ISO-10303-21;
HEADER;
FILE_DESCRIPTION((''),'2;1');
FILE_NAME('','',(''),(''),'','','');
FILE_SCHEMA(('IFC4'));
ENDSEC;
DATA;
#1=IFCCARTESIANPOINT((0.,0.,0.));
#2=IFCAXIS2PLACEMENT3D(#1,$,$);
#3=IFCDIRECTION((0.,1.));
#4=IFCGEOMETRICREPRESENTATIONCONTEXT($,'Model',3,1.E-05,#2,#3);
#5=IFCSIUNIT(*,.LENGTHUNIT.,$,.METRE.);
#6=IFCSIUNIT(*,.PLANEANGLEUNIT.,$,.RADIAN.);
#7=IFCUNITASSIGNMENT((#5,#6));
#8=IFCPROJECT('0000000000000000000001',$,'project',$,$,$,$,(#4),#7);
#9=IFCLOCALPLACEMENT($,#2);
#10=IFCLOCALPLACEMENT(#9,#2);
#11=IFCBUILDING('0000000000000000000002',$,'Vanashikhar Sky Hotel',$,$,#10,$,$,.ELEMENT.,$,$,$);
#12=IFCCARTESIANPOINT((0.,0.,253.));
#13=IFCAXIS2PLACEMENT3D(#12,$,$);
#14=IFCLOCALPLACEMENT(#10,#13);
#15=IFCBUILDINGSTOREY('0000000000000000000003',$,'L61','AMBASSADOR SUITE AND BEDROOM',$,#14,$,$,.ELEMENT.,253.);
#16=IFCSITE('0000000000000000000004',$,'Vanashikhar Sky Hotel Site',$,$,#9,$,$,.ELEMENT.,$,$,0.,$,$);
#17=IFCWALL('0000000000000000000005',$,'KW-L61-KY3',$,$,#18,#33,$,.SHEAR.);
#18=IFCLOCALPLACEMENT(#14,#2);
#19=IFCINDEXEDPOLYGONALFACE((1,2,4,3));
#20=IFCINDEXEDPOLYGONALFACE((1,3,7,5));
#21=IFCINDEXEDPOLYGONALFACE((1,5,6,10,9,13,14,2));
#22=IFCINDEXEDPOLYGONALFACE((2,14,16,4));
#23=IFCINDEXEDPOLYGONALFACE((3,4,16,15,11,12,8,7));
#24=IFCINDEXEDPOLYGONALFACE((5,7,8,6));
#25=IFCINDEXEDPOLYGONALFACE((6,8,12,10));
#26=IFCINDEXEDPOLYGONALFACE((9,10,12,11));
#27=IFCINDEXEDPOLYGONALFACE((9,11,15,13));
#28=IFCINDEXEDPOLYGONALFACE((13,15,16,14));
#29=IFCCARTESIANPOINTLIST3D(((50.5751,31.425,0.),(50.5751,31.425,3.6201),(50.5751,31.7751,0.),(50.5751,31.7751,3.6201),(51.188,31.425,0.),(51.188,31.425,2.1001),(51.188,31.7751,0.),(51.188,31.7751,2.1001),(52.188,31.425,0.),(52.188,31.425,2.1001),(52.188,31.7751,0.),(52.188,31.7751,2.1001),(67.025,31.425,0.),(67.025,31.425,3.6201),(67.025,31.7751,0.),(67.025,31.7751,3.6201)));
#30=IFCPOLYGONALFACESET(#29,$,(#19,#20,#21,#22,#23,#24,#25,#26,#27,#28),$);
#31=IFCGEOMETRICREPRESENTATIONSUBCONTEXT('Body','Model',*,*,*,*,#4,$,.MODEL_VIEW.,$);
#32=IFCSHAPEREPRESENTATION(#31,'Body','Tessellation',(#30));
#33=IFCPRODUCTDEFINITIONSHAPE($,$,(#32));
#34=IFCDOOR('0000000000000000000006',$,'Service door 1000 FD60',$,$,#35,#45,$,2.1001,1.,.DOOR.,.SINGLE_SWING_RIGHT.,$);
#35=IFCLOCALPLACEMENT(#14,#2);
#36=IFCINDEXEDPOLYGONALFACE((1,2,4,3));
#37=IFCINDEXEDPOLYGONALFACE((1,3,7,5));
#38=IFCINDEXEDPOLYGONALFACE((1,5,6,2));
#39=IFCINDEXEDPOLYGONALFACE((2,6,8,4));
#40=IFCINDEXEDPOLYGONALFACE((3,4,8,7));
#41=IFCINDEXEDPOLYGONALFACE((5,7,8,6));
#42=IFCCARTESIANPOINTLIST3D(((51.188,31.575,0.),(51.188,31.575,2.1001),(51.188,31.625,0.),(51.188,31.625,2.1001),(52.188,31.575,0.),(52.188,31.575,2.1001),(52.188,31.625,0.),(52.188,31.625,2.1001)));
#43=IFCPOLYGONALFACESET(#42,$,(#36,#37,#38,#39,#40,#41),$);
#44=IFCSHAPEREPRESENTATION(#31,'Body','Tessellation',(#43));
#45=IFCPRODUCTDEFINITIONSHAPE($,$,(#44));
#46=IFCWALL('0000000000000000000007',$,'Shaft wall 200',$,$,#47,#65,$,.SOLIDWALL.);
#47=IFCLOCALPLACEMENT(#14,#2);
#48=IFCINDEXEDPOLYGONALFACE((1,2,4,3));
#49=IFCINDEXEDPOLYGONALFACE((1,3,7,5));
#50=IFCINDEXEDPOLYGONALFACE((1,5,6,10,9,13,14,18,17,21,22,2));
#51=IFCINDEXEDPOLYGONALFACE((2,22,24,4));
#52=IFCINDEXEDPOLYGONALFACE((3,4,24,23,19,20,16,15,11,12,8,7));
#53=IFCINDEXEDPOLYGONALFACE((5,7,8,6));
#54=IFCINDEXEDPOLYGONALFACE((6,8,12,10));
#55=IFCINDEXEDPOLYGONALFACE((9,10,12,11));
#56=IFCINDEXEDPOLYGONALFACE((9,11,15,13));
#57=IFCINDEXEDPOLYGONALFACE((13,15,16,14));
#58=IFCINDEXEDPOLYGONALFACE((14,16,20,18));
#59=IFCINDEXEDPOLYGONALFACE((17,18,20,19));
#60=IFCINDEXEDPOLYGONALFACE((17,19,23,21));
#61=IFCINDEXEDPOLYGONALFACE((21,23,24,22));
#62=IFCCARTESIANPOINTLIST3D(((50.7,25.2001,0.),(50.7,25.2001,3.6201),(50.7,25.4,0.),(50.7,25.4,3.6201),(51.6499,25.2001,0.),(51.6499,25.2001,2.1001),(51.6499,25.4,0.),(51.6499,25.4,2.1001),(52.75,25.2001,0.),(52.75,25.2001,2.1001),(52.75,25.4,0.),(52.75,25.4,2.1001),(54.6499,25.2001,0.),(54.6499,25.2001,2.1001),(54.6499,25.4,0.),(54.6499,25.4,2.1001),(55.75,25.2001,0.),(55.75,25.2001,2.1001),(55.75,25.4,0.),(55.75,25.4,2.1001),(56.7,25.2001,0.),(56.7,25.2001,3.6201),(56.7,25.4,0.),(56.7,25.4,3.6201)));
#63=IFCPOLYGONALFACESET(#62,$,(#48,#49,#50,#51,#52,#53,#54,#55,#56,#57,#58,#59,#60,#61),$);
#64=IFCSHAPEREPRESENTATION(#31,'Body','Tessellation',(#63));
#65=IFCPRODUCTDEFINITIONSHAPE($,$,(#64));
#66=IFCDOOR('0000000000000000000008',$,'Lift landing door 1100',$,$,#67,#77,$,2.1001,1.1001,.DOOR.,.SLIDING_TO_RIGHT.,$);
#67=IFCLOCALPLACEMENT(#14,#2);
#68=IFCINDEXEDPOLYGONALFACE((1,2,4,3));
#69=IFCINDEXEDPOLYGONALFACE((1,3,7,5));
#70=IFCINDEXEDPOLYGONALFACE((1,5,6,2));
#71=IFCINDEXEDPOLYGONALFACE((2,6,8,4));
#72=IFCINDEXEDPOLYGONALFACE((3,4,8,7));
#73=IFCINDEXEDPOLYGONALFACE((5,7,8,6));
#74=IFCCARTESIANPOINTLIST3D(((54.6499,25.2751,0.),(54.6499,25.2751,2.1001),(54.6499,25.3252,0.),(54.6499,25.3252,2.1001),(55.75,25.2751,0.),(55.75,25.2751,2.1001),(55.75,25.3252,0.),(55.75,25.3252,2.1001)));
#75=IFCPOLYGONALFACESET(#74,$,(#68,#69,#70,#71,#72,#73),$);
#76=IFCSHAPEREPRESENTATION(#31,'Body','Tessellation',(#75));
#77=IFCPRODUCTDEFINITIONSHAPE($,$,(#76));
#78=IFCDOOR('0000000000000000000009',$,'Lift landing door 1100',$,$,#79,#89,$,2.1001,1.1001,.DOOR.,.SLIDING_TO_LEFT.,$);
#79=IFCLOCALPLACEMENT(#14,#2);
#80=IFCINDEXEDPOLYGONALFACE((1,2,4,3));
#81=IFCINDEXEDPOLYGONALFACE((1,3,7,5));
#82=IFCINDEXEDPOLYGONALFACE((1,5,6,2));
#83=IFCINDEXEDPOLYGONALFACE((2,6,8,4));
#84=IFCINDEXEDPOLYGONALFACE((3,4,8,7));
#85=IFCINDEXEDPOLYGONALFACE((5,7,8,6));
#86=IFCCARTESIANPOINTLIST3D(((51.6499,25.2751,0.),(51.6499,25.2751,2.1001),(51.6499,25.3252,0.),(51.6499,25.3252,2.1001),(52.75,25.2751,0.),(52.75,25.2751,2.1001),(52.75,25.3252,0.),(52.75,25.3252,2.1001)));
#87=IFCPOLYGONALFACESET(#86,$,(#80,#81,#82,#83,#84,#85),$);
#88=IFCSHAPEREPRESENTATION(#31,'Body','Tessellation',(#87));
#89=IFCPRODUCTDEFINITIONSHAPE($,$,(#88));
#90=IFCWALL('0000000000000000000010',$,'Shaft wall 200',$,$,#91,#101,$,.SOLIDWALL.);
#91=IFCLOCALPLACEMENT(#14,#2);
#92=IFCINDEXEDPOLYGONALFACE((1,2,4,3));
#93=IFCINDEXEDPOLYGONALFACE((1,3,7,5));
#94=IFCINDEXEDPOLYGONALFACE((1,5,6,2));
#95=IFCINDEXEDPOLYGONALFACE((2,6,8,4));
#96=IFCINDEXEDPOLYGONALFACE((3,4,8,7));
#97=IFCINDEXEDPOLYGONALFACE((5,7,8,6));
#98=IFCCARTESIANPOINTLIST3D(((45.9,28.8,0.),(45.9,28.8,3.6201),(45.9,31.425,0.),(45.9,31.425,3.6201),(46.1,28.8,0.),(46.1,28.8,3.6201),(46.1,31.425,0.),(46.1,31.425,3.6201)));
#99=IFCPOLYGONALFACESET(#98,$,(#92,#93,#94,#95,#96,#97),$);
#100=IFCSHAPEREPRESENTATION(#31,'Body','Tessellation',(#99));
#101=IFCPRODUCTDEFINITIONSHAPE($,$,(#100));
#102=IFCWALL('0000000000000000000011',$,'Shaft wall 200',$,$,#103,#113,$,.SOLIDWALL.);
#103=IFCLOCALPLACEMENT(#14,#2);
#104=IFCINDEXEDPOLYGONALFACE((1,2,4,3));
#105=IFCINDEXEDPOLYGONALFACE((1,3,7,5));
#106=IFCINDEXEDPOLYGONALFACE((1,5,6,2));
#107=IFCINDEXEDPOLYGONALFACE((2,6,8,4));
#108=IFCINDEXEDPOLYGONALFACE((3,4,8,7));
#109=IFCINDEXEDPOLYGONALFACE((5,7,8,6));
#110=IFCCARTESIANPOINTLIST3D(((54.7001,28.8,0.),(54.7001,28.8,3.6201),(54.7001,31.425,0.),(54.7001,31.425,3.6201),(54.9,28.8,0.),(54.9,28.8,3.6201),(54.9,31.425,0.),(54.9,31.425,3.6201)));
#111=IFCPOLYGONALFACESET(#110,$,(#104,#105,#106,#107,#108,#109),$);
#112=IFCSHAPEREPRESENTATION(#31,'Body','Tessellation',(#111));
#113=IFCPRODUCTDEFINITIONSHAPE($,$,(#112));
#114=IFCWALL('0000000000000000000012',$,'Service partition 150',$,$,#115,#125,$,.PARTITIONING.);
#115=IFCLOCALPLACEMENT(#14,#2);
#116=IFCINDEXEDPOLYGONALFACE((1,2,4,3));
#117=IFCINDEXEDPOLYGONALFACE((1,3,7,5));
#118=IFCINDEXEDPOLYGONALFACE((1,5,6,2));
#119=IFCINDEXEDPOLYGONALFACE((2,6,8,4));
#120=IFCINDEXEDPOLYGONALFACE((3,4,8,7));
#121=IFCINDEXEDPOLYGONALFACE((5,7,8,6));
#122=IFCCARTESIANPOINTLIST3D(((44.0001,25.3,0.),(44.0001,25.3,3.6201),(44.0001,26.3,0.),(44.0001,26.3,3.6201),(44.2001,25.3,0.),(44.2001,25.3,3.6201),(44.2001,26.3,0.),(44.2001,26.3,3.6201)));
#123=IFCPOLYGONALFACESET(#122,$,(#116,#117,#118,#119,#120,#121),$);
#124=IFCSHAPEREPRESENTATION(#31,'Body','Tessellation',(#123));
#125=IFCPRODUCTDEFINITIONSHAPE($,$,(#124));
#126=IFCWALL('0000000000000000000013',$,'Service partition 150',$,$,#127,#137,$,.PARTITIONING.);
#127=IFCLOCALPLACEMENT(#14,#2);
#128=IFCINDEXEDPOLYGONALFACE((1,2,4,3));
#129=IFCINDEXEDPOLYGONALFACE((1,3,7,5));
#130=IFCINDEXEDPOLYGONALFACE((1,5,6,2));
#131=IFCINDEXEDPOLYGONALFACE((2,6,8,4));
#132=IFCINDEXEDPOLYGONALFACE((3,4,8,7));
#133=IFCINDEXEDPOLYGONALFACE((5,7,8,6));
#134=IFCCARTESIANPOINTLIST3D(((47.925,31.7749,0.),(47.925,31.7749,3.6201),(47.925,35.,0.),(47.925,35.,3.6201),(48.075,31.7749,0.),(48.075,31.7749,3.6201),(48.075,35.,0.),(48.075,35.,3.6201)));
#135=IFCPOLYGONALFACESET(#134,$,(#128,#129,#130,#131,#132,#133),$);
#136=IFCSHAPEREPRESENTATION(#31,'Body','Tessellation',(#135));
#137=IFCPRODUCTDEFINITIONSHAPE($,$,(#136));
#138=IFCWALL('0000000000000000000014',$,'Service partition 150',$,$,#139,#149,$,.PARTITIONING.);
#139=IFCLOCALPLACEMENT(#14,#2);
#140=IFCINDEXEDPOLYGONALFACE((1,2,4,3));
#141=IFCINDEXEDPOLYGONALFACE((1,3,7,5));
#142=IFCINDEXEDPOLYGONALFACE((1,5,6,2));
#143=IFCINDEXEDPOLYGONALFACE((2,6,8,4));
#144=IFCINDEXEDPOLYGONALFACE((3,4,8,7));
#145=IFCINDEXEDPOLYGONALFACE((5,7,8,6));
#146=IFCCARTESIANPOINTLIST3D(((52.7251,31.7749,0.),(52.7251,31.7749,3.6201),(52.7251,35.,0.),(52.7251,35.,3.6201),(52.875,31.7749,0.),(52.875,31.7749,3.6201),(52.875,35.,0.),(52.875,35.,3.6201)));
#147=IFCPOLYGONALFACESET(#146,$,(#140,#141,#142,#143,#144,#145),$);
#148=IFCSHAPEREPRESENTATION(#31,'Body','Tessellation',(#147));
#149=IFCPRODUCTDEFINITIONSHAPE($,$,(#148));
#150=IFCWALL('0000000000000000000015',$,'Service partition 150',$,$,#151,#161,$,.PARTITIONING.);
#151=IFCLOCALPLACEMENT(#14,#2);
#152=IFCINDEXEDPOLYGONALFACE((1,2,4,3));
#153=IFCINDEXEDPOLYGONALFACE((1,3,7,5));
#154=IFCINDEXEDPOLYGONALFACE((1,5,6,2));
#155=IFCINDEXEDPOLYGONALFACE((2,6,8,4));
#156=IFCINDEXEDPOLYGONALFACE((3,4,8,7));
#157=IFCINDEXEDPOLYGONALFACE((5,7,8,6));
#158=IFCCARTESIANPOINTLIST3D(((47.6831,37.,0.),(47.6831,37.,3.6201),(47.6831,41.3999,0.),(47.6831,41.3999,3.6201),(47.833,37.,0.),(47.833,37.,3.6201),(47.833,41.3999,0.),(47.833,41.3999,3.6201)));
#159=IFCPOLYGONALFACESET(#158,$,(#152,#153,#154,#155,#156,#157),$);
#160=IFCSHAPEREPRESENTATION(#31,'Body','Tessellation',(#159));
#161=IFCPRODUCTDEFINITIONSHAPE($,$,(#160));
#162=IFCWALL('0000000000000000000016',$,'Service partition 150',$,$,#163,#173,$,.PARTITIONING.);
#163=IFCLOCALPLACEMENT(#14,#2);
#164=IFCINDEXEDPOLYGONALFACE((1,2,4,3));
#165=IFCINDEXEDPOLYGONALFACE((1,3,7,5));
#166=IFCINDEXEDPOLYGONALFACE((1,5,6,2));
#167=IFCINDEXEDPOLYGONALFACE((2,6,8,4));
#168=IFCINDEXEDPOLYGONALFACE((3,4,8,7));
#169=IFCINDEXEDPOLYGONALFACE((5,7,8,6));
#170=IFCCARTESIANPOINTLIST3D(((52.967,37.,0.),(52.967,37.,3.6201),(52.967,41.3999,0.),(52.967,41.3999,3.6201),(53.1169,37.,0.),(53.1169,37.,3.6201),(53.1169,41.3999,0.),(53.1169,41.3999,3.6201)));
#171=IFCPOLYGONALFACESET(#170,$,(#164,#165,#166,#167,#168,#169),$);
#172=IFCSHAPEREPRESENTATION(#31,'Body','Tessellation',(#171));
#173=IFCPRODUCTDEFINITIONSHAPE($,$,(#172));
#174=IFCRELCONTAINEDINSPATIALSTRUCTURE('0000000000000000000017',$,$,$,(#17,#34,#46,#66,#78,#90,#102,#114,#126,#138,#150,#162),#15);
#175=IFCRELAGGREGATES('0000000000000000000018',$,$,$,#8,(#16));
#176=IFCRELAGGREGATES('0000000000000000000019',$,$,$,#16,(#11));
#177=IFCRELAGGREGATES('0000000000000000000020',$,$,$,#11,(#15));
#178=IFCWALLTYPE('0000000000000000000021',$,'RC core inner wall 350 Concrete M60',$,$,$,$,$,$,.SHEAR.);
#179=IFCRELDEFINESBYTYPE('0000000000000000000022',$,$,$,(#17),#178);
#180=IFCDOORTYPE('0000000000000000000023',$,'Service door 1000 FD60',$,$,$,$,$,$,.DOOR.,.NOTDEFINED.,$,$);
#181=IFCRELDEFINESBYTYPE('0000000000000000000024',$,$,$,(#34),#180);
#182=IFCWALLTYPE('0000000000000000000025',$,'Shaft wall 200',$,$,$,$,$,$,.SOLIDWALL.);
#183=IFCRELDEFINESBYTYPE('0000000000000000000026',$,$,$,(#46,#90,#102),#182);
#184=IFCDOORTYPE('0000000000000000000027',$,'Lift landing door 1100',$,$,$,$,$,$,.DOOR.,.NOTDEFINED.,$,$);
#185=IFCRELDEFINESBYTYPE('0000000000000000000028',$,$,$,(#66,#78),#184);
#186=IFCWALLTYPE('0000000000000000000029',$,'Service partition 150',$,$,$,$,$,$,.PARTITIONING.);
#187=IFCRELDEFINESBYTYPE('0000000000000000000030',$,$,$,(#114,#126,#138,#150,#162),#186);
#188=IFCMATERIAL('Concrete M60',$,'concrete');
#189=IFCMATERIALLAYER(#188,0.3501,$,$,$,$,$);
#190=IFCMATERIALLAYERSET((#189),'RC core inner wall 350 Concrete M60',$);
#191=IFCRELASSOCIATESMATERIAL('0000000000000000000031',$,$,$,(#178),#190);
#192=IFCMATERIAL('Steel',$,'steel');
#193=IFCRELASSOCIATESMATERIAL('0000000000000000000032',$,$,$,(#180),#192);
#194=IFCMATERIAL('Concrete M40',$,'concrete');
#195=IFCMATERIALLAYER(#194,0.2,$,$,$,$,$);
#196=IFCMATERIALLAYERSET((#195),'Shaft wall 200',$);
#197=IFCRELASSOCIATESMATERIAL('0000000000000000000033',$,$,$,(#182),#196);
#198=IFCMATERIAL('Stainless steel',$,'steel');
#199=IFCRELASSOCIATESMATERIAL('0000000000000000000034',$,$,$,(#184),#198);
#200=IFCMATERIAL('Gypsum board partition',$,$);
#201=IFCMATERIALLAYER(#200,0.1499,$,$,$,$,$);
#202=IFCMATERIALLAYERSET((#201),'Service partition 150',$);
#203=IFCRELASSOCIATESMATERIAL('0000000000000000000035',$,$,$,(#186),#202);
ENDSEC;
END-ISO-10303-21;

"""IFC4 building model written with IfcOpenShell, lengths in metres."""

from ifc_helpers import new_model, si_unit, direction, frame, frame_2d, origin, place, context, subcontext, project, spatial, rectangle, extrude, source, transform, mapped, material, layer, layer_set, type_object, element, fill, save


model = new_model("IFC4")

# Units and contexts
model_context = context("Model", 3, precision=1e-05, world=origin(), true_north=direction((0.0, 1.0)))
body_context = subcontext(model_context, "Body", "Model", "MODEL_VIEW")
ifc_project = project(units=[si_unit("LENGTHUNIT", "METRE"), si_unit("PLANEANGLEUNIT", "RADIAN")], contexts=[model_context])

# Site, building, storey
site_placement = place(None, origin())
site = spatial("IfcSite", under=ifc_project, at=site_placement, Name="Vanashikhar Sky Hotel Site", CompositionType="ELEMENT", RefElevation=0.0)
building_placement = place(site_placement, origin())
building = spatial("IfcBuilding", under=site, at=building_placement, Name="Vanashikhar Sky Hotel", CompositionType="ELEMENT")
storey_placement = place(building_placement, frame((0.0, 0.0, 253.0)))
storey = spatial("IfcBuildingStorey", under=building, at=storey_placement, Name="L61", Description="AMBASSADOR SUITE AND BEDROOM", CompositionType="ELEMENT", Elevation=253.0)

# Wall, opening, door
ifc_material_1 = material(Name="Concrete M60", Category="concrete")
ifc_layer_1 = layer(ifc_material_1, 0.3501)
ifc_layer_set_1 = layer_set([ifc_layer_1], Name="RC core inner wall 350 Concrete M60")
wall_type_1 = type_object("IfcWallType", Name="RC core inner wall 350 Concrete M60", PredefinedType="SHEAR", material=ifc_layer_set_1)
shared_shape_1 = source(origin(), body_context, "Body", "SweptSolid", [
    extrude(rectangle(XDim=16.45, YDim=0.3501, at=frame_2d((8.2251, 0.0))), origin(), (0.0, 0.0, 1.0), 3.6201),
])
wall_1_placement = place(storey_placement, frame((50.575, 31.6001, 0.0), z_axis=(0.0, 0.0, 1.0), x_axis=(1.0, 0.0, 0.0)))
wall_1 = element("IfcWall", 1, at=wall_1_placement, inside=storey, type_object=wall_type_1, Name="KW-L61-KY3", PredefinedType="SHEAR", context=body_context, shape_type="MappedRepresentation", body=[
    mapped(shared_shape_1, transform((0.0, 0.0, 0.0), scale=1.0)),
])
shared_shape_2 = source(origin(), body_context, "Body", "SweptSolid", [
    extrude(rectangle(XDim=1.0, YDim=2.1001, at=frame_2d((0.5, 1.05))), frame((0.0, 0.1851, 0.0), z_axis=(0.0, -1.0, 0.0), x_axis=(1.0, 0.0, 0.0)), (0.0, 0.0, 1.0), 0.3701),
])
opening_1_placement = place(wall_1_placement, frame((0.613, 0.0, 0.0)))
opening_1 = element("IfcOpeningElement", 2, at=opening_1_placement, cuts=wall_1, PredefinedType="OPENING", context=body_context, shape_type="MappedRepresentation", body=[
    mapped(shared_shape_2, transform((0.0, 0.0, 0.0), scale=1.0)),
])
ifc_material_2 = material(Name="Steel", Category="steel")
door_type_1 = type_object("IfcDoorType", Name="Service door 1000 FD60", OperationType="NOTDEFINED", PredefinedType="DOOR", material=ifc_material_2)
shared_shape_3 = source(origin(), body_context, "Body", "SweptSolid", [
    extrude(rectangle(XDim=1.0, YDim=2.1001, at=frame_2d((0.5, 1.05))), frame((0.0, 0.0249, 0.0), z_axis=(0.0, -1.0, 0.0), x_axis=(1.0, 0.0, 0.0)), (0.0, 0.0, 1.0), 0.05),
])
door_1_placement = place(opening_1_placement, origin())
door_1 = element("IfcDoor", 3, at=door_1_placement, inside=storey, type_object=door_type_1, Name="Service door 1000 FD60", OperationType="SINGLE_SWING_RIGHT", OverallHeight=2.1001, OverallWidth=1.0, PredefinedType="DOOR", context=body_context, shape_type="MappedRepresentation", body=[
    mapped(shared_shape_3, transform((0.0, 0.0, 0.0), scale=1.0)),
])
fill(opening_1, door_1)

# Wall, openings, doors
ifc_material_3 = material(Name="Concrete M40", Category="concrete")
ifc_layer_2 = layer(ifc_material_3, 0.2)
ifc_layer_set_2 = layer_set([ifc_layer_2], Name="Shaft wall 200")
wall_type_2 = type_object("IfcWallType", Name="Shaft wall 200", PredefinedType="SOLIDWALL", material=ifc_layer_set_2)
shared_shape_4 = source(origin(), body_context, "Body", "SweptSolid", [
    extrude(rectangle(XDim=6.0, YDim=0.2, at=frame_2d((3.0, 0.0))), origin(), (0.0, 0.0, 1.0), 3.6201),
])
wall_2_placement = place(storey_placement, frame((56.7, 25.3, 0.0), z_axis=(0.0, 0.0, 1.0), x_axis=(-1.0, 0.0, 0.0)))
wall_2 = element("IfcWall", 4, at=wall_2_placement, inside=storey, type_object=wall_type_2, Name="Shaft wall 200", PredefinedType="SOLIDWALL", context=body_context, shape_type="MappedRepresentation", body=[
    mapped(shared_shape_4, transform((0.0, 0.0, 0.0), scale=1.0)),
])
shared_shape_5 = source(origin(), body_context, "Body", "SweptSolid", [
    extrude(rectangle(XDim=1.1001, YDim=2.1001, at=frame_2d((0.55, 1.05))), frame((0.0, 0.1099, 0.0), z_axis=(0.0, -1.0, 0.0), x_axis=(1.0, 0.0, 0.0)), (0.0, 0.0, 1.0), 0.22),
])
opening_2_placement = place(wall_2_placement, frame((0.95, 0.0, 0.0)))
opening_2 = element("IfcOpeningElement", 5, at=opening_2_placement, cuts=wall_2, PredefinedType="OPENING", context=body_context, shape_type="MappedRepresentation", body=[
    mapped(shared_shape_5, transform((0.0, 0.0, 0.0), scale=1.0)),
])
opening_3_placement = place(wall_2_placement, frame((3.95, 0.0, 0.0)))
opening_3 = element("IfcOpeningElement", 6, at=opening_3_placement, cuts=wall_2, PredefinedType="OPENING", context=body_context, shape_type="MappedRepresentation", body=[
    mapped(shared_shape_5, transform((0.0, 0.0, 0.0), scale=1.0)),
])
ifc_material_4 = material(Name="Stainless steel", Category="steel")
door_type_2 = type_object("IfcDoorType", Name="Lift landing door 1100", OperationType="NOTDEFINED", PredefinedType="DOOR", material=ifc_material_4)
shared_shape_6 = source(origin(), body_context, "Body", "SweptSolid", [
    extrude(rectangle(XDim=1.1001, YDim=2.1001, at=frame_2d((0.55, 1.05))), frame((0.0, 0.0249, 0.0), z_axis=(0.0, -1.0, 0.0), x_axis=(1.0, 0.0, 0.0)), (0.0, 0.0, 1.0), 0.05),
])
door_2_placement = place(opening_2_placement, origin())
door_2 = element("IfcDoor", 7, at=door_2_placement, inside=storey, type_object=door_type_2, Name="Lift landing door 1100", OperationType="SLIDING_TO_RIGHT", OverallHeight=2.1001, OverallWidth=1.1001, PredefinedType="DOOR", context=body_context, shape_type="MappedRepresentation", body=[
    mapped(shared_shape_6, transform((0.0, 0.0, 0.0), scale=1.0)),
])
fill(opening_2, door_2)
door_3_placement = place(opening_3_placement, origin())
door_3 = element("IfcDoor", 8, at=door_3_placement, inside=storey, type_object=door_type_2, Name="Lift landing door 1100", OperationType="SLIDING_TO_LEFT", OverallHeight=2.1001, OverallWidth=1.1001, PredefinedType="DOOR", context=body_context, shape_type="MappedRepresentation", body=[
    mapped(shared_shape_6, transform((0.0, 0.0, 0.0), scale=1.0)),
])
fill(opening_3, door_3)

# Walls
shared_shape_7 = source(origin(), body_context, "Body", "SweptSolid", [
    extrude(rectangle(XDim=2.625, YDim=0.2, at=frame_2d((1.3125, 0.0))), origin(), (0.0, 0.0, 1.0), 3.6201),
])
for number, where, z_axis, x_axis, name in (
    (9, (46.0, 28.8, 0.0), (0.0, 0.0, 1.0), (0.0, 1.0, 0.0), "Shaft wall 200"),
    (10, (54.8, 28.8, 0.0), (0.0, 0.0, 1.0), (0.0, 1.0, 0.0), "Shaft wall 200"),
):
    element("IfcWall", number, at=place(storey_placement, frame(where, z_axis=z_axis, x_axis=x_axis)), inside=storey, type_object=wall_type_2, Name=name, PredefinedType="SOLIDWALL", context=body_context, shape_type="MappedRepresentation", body=[
        mapped(shared_shape_7, transform((0.0, 0.0, 0.0), scale=1.0)),
    ])
ifc_material_5 = material(Name="Gypsum board partition")
ifc_layer_3 = layer(ifc_material_5, 0.1499)
ifc_layer_set_3 = layer_set([ifc_layer_3], Name="Service partition 150")
wall_type_3 = type_object("IfcWallType", Name="Service partition 150", PredefinedType="PARTITIONING", material=ifc_layer_set_3)
shared_shape_8 = source(origin(), body_context, "Body", "SweptSolid", [
    extrude(rectangle(XDim=1.0, YDim=0.2, at=frame_2d((0.5, 0.0))), origin(), (0.0, 0.0, 1.0), 3.6201),
])
wall_3_placement = place(storey_placement, frame((44.1001, 25.3, 0.0), z_axis=(0.0, 0.0, 1.0), x_axis=(0.0, 1.0, 0.0)))
element("IfcWall", 11, at=wall_3_placement, inside=storey, type_object=wall_type_3, Name="Service partition 150", PredefinedType="PARTITIONING", context=body_context, shape_type="MappedRepresentation", body=[
    mapped(shared_shape_8, transform((0.0, 0.0, 0.0), scale=1.0)),
])
shared_shape_9 = source(origin(), body_context, "Body", "SweptSolid", [
    extrude(rectangle(XDim=3.2251, YDim=0.1499, at=frame_2d((1.6125, 0.0))), origin(), (0.0, 0.0, 1.0), 3.6201),
])
for number, where, z_axis, x_axis, name in (
    (12, (48.0, 31.7749, 0.0), (0.0, 0.0, 1.0), (0.0, 1.0, 0.0), "Service partition 150"),
    (13, (52.8, 31.7749, 0.0), (0.0, 0.0, 1.0), (0.0, 1.0, 0.0), "Service partition 150"),
):
    element("IfcWall", number, at=place(storey_placement, frame(where, z_axis=z_axis, x_axis=x_axis)), inside=storey, type_object=wall_type_3, Name=name, PredefinedType="PARTITIONING", context=body_context, shape_type="MappedRepresentation", body=[
        mapped(shared_shape_9, transform((0.0, 0.0, 0.0), scale=1.0)),
    ])
shared_shape_10 = source(origin(), body_context, "Body", "SweptSolid", [
    extrude(rectangle(XDim=4.3999, YDim=0.1499, at=frame_2d((2.2, 0.0))), origin(), (0.0, 0.0, 1.0), 3.6201),
])
for number, where, z_axis, x_axis, name in (
    (14, (47.7581, 37.0, 0.0), (0.0, 0.0, 1.0), (0.0, 1.0, 0.0), "Service partition 150"),
    (15, (53.042, 37.0, 0.0), (0.0, 0.0, 1.0), (0.0, 1.0, 0.0), "Service partition 150"),
):
    element("IfcWall", number, at=place(storey_placement, frame(where, z_axis=z_axis, x_axis=x_axis)), inside=storey, type_object=wall_type_3, Name=name, PredefinedType="PARTITIONING", context=body_context, shape_type="MappedRepresentation", body=[
        mapped(shared_shape_10, transform((0.0, 0.0, 0.0), scale=1.0)),
    ])

save(model, "model.ifc")
